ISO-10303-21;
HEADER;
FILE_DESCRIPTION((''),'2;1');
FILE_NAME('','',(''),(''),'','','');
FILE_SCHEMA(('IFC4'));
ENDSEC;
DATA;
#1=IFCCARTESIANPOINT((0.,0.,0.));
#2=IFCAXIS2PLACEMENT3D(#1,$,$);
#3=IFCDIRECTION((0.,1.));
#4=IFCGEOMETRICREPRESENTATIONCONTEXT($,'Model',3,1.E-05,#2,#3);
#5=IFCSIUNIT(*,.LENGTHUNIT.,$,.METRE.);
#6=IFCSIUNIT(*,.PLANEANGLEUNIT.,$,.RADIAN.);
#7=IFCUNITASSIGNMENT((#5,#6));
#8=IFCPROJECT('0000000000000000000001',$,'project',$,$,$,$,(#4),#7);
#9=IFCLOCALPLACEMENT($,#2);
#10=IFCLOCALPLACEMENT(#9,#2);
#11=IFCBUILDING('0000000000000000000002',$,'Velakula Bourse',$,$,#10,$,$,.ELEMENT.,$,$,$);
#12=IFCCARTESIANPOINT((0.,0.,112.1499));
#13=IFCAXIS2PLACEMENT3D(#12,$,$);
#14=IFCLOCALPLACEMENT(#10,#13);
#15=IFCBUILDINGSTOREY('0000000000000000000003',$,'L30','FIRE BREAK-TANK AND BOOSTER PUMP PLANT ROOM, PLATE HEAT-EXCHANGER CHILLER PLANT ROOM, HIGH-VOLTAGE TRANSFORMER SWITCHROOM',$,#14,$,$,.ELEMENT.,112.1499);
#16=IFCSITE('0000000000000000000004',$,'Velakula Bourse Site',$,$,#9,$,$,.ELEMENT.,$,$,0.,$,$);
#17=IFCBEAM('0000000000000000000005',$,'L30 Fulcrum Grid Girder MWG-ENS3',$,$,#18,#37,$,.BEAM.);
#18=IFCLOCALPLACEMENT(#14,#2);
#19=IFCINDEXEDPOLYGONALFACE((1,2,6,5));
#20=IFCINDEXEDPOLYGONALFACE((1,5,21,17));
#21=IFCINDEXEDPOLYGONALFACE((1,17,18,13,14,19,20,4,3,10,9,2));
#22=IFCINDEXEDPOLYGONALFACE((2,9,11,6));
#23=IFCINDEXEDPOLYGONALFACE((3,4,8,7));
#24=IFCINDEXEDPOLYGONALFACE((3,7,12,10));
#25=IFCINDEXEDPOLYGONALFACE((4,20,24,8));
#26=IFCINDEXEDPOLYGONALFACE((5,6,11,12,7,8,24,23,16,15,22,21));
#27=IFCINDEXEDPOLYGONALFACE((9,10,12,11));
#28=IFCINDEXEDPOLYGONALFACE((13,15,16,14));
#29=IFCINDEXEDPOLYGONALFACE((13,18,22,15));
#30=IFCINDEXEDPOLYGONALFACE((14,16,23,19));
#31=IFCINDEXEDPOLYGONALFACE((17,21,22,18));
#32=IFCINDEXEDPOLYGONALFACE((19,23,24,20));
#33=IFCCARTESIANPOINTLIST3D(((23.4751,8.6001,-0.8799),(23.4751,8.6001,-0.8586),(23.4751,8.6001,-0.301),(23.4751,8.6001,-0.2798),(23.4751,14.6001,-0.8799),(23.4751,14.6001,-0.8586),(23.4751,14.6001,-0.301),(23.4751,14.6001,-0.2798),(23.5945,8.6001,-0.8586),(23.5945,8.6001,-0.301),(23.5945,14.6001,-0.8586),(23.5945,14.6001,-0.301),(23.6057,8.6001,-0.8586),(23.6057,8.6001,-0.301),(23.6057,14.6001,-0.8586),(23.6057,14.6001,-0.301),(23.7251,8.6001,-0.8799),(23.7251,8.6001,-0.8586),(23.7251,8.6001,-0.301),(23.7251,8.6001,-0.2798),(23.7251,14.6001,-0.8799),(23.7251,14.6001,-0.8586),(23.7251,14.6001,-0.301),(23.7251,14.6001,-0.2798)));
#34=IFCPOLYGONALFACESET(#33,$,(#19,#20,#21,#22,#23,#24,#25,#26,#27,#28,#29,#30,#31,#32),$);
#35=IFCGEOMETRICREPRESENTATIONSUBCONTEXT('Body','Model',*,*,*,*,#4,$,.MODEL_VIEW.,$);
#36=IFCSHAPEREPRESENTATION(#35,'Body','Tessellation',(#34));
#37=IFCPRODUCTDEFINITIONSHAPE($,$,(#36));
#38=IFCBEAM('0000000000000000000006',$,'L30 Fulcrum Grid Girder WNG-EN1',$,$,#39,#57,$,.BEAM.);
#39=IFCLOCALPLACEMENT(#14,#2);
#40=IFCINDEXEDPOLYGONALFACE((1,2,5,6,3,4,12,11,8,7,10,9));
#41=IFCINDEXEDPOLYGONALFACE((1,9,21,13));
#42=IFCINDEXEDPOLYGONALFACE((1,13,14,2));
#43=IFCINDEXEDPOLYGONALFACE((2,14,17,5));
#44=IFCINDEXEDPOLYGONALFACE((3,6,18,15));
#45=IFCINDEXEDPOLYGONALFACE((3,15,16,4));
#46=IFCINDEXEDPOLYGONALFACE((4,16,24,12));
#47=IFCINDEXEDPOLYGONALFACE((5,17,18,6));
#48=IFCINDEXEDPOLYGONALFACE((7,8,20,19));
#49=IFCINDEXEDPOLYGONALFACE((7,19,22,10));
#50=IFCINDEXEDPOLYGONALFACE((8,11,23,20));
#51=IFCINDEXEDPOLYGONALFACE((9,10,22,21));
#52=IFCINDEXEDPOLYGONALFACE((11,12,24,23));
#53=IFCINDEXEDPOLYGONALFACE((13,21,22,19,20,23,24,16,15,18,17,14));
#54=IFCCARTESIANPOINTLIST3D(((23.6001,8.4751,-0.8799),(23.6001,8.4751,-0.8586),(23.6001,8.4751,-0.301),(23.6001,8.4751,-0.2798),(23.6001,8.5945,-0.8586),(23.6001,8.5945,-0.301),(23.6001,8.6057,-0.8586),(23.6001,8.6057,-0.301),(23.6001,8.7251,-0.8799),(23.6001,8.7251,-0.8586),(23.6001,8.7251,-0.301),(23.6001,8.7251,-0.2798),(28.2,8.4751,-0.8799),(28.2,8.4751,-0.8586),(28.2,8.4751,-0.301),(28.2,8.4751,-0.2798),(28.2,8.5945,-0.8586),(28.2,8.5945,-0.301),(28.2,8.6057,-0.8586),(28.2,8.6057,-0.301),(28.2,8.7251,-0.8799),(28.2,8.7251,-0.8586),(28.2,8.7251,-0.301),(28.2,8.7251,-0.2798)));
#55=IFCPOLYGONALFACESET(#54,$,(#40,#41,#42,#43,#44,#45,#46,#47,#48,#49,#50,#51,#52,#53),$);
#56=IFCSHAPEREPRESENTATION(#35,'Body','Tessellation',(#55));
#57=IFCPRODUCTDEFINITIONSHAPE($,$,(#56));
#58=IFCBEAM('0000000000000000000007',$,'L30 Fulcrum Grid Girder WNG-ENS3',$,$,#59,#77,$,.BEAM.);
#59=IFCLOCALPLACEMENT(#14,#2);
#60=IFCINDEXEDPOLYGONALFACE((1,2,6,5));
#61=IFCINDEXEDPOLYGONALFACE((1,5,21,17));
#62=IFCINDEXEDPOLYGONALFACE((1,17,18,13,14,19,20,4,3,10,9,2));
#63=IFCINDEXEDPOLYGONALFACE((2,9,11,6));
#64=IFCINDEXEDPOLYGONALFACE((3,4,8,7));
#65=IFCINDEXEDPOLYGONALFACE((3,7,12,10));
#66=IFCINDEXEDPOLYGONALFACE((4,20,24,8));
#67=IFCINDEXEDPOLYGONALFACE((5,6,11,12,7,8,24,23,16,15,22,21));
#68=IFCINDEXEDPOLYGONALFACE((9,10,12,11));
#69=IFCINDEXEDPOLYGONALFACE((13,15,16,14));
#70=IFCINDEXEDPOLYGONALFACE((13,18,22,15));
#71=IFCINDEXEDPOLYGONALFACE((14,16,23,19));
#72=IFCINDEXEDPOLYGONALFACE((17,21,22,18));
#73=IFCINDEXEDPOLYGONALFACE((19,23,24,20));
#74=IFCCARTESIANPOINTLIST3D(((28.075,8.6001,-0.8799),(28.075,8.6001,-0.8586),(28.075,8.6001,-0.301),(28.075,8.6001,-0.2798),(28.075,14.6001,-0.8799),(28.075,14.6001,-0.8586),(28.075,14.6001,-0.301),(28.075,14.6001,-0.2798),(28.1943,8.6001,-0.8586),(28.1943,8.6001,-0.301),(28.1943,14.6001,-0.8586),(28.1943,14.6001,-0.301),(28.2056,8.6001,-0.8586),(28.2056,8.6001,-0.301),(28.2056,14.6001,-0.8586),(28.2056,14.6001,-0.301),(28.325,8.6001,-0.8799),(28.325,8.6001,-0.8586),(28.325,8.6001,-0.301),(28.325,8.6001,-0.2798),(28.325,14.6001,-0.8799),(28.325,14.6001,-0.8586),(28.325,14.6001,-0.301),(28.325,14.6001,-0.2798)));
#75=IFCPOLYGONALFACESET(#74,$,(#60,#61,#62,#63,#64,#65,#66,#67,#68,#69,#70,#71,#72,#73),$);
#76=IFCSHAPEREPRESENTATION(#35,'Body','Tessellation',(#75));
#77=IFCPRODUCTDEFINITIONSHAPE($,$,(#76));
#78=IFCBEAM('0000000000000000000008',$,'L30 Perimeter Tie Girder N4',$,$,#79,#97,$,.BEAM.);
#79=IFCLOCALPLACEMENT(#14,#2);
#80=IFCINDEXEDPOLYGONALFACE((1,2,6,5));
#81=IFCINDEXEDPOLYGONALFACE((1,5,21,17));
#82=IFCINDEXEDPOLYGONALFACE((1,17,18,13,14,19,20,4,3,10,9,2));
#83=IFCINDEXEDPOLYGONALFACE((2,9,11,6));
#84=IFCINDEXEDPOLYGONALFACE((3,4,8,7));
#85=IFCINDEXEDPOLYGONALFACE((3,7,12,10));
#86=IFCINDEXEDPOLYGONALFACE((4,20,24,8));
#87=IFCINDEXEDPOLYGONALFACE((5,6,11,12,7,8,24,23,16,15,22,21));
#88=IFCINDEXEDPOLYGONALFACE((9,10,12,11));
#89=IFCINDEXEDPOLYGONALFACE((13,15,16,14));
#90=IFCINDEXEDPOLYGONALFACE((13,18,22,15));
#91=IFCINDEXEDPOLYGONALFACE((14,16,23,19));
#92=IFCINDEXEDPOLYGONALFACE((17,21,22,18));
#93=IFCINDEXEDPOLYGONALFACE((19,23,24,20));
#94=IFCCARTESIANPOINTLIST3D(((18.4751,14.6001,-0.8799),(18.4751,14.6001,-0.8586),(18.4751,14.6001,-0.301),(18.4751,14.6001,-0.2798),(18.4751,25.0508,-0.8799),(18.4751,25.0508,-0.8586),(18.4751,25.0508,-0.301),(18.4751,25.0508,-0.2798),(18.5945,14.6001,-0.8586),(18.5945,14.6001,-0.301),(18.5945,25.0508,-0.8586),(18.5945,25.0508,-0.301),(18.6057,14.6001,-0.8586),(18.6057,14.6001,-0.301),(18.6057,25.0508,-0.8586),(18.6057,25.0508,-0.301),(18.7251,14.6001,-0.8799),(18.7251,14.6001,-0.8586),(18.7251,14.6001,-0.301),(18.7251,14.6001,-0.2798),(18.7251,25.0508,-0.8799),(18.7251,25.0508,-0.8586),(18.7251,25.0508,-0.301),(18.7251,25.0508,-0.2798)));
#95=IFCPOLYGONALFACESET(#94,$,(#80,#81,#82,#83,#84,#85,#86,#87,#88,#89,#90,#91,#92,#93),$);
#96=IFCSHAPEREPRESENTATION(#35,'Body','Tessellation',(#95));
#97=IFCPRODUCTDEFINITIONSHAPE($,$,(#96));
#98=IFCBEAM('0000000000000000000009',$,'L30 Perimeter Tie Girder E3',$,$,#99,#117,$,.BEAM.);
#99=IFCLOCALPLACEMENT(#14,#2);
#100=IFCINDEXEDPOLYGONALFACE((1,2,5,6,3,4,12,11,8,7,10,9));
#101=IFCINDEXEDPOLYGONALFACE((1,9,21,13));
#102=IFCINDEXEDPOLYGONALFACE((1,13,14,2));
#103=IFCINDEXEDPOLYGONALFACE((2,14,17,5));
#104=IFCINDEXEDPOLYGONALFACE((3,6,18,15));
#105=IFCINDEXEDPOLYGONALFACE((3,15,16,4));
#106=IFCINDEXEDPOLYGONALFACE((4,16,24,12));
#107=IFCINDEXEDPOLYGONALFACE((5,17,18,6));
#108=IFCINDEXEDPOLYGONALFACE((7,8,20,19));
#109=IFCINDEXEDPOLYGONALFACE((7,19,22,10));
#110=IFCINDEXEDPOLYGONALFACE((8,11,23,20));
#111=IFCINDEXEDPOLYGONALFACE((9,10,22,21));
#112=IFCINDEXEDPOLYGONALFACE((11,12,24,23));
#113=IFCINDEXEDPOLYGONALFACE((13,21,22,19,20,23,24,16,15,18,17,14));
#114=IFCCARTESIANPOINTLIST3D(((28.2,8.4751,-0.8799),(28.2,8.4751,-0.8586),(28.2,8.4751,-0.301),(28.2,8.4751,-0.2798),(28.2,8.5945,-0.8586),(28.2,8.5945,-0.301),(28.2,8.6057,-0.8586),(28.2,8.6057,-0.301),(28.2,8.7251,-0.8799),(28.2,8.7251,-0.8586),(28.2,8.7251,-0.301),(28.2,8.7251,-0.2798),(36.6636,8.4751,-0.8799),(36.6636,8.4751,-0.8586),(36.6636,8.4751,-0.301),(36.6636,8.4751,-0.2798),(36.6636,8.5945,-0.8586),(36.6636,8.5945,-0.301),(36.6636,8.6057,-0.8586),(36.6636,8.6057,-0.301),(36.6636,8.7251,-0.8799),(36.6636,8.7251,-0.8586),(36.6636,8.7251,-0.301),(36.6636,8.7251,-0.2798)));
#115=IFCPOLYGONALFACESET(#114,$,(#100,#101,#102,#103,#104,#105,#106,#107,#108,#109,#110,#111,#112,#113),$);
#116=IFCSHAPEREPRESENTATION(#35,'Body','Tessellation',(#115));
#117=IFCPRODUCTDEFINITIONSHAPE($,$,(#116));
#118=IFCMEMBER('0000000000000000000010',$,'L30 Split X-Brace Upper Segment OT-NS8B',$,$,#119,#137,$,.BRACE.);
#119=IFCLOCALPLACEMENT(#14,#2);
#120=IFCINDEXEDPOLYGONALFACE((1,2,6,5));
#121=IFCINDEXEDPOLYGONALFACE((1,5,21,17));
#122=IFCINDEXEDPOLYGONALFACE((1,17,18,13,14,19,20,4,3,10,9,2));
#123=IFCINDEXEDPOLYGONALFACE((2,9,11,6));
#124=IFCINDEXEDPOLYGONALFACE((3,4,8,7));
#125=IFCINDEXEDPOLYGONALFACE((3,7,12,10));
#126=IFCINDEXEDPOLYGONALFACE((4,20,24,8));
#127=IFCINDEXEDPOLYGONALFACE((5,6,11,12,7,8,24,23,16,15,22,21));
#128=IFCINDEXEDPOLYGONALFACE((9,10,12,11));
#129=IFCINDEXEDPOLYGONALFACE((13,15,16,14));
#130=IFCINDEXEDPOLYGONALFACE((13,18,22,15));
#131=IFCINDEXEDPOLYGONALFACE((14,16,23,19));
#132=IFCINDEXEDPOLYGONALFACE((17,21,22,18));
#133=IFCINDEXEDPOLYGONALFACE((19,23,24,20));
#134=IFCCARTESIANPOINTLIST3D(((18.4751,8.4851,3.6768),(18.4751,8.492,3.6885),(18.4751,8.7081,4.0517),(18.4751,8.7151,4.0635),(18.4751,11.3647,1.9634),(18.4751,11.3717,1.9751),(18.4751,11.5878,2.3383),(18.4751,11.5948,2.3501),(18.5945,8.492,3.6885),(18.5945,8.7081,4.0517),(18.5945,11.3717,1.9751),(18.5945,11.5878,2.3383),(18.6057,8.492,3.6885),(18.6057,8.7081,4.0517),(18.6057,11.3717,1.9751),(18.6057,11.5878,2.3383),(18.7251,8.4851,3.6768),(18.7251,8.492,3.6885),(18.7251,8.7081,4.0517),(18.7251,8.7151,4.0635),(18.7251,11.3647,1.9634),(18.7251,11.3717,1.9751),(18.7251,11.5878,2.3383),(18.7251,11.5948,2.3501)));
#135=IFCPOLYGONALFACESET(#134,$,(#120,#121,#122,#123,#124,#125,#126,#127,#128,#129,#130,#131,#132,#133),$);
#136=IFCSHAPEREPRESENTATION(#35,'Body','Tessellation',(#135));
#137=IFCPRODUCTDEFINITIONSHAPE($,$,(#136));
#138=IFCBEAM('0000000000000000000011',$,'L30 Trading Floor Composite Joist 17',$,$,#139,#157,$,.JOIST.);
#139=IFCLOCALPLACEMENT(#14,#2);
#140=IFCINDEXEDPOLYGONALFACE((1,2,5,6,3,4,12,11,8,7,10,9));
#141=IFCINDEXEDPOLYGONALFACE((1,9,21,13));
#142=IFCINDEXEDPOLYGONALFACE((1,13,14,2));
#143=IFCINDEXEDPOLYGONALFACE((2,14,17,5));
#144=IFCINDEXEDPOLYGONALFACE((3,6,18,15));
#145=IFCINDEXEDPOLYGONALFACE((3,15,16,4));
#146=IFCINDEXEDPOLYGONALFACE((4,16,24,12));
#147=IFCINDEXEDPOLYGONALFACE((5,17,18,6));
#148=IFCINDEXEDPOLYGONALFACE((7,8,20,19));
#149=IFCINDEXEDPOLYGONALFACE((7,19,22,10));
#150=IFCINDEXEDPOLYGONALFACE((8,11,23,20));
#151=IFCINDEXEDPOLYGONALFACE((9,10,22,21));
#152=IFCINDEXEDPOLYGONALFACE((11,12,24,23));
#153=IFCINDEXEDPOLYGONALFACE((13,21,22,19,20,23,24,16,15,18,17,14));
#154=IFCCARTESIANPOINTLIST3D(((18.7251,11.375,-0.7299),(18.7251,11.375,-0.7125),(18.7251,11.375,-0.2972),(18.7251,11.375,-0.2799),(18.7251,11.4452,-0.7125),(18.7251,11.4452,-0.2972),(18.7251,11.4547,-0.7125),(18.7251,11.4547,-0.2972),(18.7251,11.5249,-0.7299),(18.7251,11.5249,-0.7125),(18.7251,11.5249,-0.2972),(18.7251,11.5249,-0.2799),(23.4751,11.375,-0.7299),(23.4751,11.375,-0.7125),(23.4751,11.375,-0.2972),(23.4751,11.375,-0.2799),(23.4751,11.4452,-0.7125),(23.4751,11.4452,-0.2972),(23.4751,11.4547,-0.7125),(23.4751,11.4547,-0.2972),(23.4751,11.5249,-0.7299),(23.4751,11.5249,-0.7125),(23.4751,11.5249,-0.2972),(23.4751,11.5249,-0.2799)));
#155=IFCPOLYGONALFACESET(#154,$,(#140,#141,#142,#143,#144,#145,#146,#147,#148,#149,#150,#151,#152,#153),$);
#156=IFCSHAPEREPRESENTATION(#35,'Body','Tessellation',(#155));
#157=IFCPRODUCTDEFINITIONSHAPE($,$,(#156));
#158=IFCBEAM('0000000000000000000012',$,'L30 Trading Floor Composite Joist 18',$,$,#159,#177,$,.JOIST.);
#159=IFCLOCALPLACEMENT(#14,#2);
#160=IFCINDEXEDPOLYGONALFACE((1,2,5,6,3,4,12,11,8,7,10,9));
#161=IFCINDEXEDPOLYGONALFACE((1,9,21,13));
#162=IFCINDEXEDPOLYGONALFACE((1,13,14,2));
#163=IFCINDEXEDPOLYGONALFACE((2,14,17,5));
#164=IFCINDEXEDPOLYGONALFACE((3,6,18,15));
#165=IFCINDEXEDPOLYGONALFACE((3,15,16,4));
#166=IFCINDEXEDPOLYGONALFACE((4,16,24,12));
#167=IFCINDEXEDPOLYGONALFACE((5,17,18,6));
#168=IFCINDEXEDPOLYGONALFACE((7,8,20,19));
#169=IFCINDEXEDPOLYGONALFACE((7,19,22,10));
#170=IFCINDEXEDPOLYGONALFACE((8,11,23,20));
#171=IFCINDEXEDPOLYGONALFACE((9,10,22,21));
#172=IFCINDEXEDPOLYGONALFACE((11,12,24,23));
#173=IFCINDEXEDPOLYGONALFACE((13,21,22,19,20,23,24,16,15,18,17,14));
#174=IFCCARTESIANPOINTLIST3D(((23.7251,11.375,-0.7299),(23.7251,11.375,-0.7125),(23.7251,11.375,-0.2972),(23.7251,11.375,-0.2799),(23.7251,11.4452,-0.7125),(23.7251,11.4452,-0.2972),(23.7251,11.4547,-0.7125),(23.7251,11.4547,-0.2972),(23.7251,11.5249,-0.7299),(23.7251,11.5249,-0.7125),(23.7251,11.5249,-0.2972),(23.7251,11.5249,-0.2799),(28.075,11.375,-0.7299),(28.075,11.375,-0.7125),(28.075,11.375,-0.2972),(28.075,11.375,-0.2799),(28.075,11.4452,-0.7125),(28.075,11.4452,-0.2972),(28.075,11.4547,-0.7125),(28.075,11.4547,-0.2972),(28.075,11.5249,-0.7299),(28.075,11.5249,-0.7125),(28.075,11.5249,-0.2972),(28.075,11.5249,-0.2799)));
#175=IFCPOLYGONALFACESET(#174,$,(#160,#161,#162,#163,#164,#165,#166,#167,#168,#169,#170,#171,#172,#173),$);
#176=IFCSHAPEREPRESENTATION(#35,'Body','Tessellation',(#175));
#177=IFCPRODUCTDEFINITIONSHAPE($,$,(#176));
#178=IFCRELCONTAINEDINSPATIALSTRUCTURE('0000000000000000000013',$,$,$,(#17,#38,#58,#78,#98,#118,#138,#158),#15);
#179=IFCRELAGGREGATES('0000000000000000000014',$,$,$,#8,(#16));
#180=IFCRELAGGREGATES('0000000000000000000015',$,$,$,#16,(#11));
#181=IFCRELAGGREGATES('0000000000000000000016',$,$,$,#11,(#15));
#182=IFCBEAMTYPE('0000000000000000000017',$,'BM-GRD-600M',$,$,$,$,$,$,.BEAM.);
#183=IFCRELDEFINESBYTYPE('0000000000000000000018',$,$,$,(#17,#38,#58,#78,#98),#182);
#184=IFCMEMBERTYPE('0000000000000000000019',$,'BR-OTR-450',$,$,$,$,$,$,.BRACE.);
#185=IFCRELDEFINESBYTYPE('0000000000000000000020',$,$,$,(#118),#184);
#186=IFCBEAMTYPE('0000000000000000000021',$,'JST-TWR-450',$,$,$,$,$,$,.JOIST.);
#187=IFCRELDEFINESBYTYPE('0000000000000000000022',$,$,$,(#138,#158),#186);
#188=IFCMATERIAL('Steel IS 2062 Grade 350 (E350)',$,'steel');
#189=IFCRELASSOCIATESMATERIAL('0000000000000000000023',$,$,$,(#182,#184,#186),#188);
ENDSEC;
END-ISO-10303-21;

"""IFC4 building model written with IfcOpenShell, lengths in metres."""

from ifc_helpers import new_model, si_unit, direction, frame, origin, origin_2d, place, context, subcontext, project, spatial, i_section, extrude, material, material_profile, profile_set, type_object, element, save


model = new_model("IFC4")

# Units and contexts
model_context = context("Model", 3, precision=1e-05, world=origin(), true_north=direction((0.0, 1.0)))
body_context = subcontext(model_context, "Body", "Model", "MODEL_VIEW")
ifc_project = project(units=[si_unit("LENGTHUNIT", "METRE"), si_unit("PLANEANGLEUNIT", "RADIAN")], contexts=[model_context])

# Site, building, storey
site_placement = place(None, origin())
site = spatial("IfcSite", under=ifc_project, at=site_placement, Name="Velakula Bourse Site", CompositionType="ELEMENT", RefElevation=0.0)
building_placement = place(site_placement, origin())
building = spatial("IfcBuilding", under=site, at=building_placement, Name="Velakula Bourse", CompositionType="ELEMENT")
storey_placement = place(building_placement, frame((0.0, 0.0, 112.1499)))
storey = spatial("IfcBuildingStorey", under=building, at=storey_placement, Name="L30", Description="FIRE BREAK-TANK AND BOOSTER PUMP PLANT ROOM, PLATE HEAT-EXCHANGER CHILLER PLANT ROOM, HIGH-VOLTAGE TRANSFORMER SWITCHROOM", CompositionType="ELEMENT", Elevation=112.1499)

# Beams
ifc_material_1 = material(Name="Steel IS 2062 Grade 350 (E350)", Category="steel")
ifc_material_profile_1 = material_profile(ifc_material_1, i_section(OverallWidth=0.25, OverallDepth=0.6001, WebThickness=0.0112, FlangeThickness=0.0212, at=origin_2d()), Name="Steel IS 2062 Grade 350 (E350)")
ifc_profile_set_1 = profile_set([ifc_material_profile_1], Name="Steel IS 2062 Grade 350 (E350)")
beam_type_1 = type_object("IfcBeamType", Name="BM-GRD-600M", PredefinedType="BEAM", material=ifc_profile_set_1)
beam_1_placement = place(storey_placement, frame((23.6001, 8.6001, -0.5798), z_axis=(0.0, 1.0, 0.0), x_axis=(-1.0, 0.0, 0.0)))
element("IfcBeam", 1, at=beam_1_placement, inside=storey, type_object=beam_type_1, Name="L30 Fulcrum Grid Girder MWG-ENS3", PredefinedType="BEAM", context=body_context, shape_type="SweptSolid", body=[
    extrude(i_section(OverallWidth=0.25, OverallDepth=0.6001, WebThickness=0.0112, FlangeThickness=0.0212, at=origin_2d()), origin(), (0.0, 0.0, 1.0), 6.0),
])
beam_2_placement = place(storey_placement, frame((23.6001, 8.6001, -0.5798), z_axis=(1.0, 0.0, 0.0), x_axis=(0.0, 1.0, 0.0)))
element("IfcBeam", 2, at=beam_2_placement, inside=storey, type_object=beam_type_1, Name="L30 Fulcrum Grid Girder WNG-EN1", PredefinedType="BEAM", context=body_context, shape_type="SweptSolid", body=[
    extrude(i_section(OverallWidth=0.25, OverallDepth=0.6001, WebThickness=0.0112, FlangeThickness=0.0212, at=origin_2d()), origin(), (0.0, 0.0, 1.0), 4.5999),
])
beam_3_placement = place(storey_placement, frame((28.2, 8.6001, -0.5798), z_axis=(0.0, 1.0, 0.0), x_axis=(-1.0, 0.0, 0.0)))
element("IfcBeam", 3, at=beam_3_placement, inside=storey, type_object=beam_type_1, Name="L30 Fulcrum Grid Girder WNG-ENS3", PredefinedType="BEAM", context=body_context, shape_type="SweptSolid", body=[
    extrude(i_section(OverallWidth=0.25, OverallDepth=0.6001, WebThickness=0.0112, FlangeThickness=0.0212, at=origin_2d()), origin(), (0.0, 0.0, 1.0), 6.0),
])
beam_4_placement = place(storey_placement, frame((18.6001, 14.6001, -0.5798), z_axis=(0.0, 1.0, 0.0), x_axis=(-1.0, 0.0, 0.0)))
element("IfcBeam", 4, at=beam_4_placement, inside=storey, type_object=beam_type_1, Name="L30 Perimeter Tie Girder N4", PredefinedType="BEAM", context=body_context, shape_type="SweptSolid", body=[
    extrude(i_section(OverallWidth=0.25, OverallDepth=0.6001, WebThickness=0.0112, FlangeThickness=0.0212, at=origin_2d()), origin(), (0.0, 0.0, 1.0), 10.4507),
])
beam_5_placement = place(storey_placement, frame((28.2, 8.6001, -0.5798), z_axis=(1.0, 0.0, 0.0), x_axis=(0.0, 1.0, 0.0)))
element("IfcBeam", 5, at=beam_5_placement, inside=storey, type_object=beam_type_1, Name="L30 Perimeter Tie Girder E3", PredefinedType="BEAM", context=body_context, shape_type="SweptSolid", body=[
    extrude(i_section(OverallWidth=0.25, OverallDepth=0.6001, WebThickness=0.0112, FlangeThickness=0.0212, at=origin_2d()), origin(), (0.0, 0.0, 1.0), 8.4636),
])

# Member
ifc_material_profile_2 = material_profile(ifc_material_1, i_section(OverallWidth=0.25, OverallDepth=0.45, WebThickness=0.0112, FlangeThickness=0.0137, at=origin_2d()), Name="Steel IS 2062 Grade 350 (E350)")
ifc_profile_set_2 = profile_set([ifc_material_profile_2], Name="Steel IS 2062 Grade 350 (E350)")
member_type = type_object("IfcMemberType", Name="BR-OTR-450", PredefinedType="BRACE", material=ifc_profile_set_2)
member_placement = place(storey_placement, frame((18.6001, 11.4797, 2.1567), z_axis=(0.0, -0.859384, 0.511331), x_axis=(1.0, 0.0, 0.0)))
element("IfcMember", 6, at=member_placement, inside=storey, type_object=member_type, Name="L30 Split X-Brace Upper Segment OT-NS8B", PredefinedType="BRACE", context=body_context, shape_type="SweptSolid", body=[
    extrude(i_section(OverallWidth=0.25, OverallDepth=0.45, WebThickness=0.0112, FlangeThickness=0.0137, at=origin_2d()), origin(), (0.0, 0.0, 1.0), 3.3508),
])

# Beams
ifc_material_profile_3 = material_profile(ifc_material_1, i_section(OverallWidth=0.1499, OverallDepth=0.45, WebThickness=0.0095, FlangeThickness=0.0173, at=origin_2d()), Name="Steel IS 2062 Grade 350 (E350)")
ifc_profile_set_3 = profile_set([ifc_material_profile_3], Name="Steel IS 2062 Grade 350 (E350)")
beam_type_2 = type_object("IfcBeamType", Name="JST-TWR-450", PredefinedType="JOIST", material=ifc_profile_set_3)
beam_6_placement = place(storey_placement, frame((18.7251, 11.45, -0.5049), z_axis=(1.0, 0.0, 0.0), x_axis=(0.0, 1.0, 0.0)))
element("IfcBeam", 7, at=beam_6_placement, inside=storey, type_object=beam_type_2, Name="L30 Trading Floor Composite Joist 17", PredefinedType="JOIST", context=body_context, shape_type="SweptSolid", body=[
    extrude(i_section(OverallWidth=0.1499, OverallDepth=0.45, WebThickness=0.0095, FlangeThickness=0.0173, at=origin_2d()), origin(), (0.0, 0.0, 1.0), 4.75),
])
beam_7_placement = place(storey_placement, frame((23.7251, 11.45, -0.5049), z_axis=(1.0, 0.0, 0.0), x_axis=(0.0, 1.0, 0.0)))
element("IfcBeam", 8, at=beam_7_placement, inside=storey, type_object=beam_type_2, Name="L30 Trading Floor Composite Joist 18", PredefinedType="JOIST", context=body_context, shape_type="SweptSolid", body=[
    extrude(i_section(OverallWidth=0.1499, OverallDepth=0.45, WebThickness=0.0095, FlangeThickness=0.0173, at=origin_2d()), origin(), (0.0, 0.0, 1.0), 4.3499),
])

save(model, "model.ifc")
